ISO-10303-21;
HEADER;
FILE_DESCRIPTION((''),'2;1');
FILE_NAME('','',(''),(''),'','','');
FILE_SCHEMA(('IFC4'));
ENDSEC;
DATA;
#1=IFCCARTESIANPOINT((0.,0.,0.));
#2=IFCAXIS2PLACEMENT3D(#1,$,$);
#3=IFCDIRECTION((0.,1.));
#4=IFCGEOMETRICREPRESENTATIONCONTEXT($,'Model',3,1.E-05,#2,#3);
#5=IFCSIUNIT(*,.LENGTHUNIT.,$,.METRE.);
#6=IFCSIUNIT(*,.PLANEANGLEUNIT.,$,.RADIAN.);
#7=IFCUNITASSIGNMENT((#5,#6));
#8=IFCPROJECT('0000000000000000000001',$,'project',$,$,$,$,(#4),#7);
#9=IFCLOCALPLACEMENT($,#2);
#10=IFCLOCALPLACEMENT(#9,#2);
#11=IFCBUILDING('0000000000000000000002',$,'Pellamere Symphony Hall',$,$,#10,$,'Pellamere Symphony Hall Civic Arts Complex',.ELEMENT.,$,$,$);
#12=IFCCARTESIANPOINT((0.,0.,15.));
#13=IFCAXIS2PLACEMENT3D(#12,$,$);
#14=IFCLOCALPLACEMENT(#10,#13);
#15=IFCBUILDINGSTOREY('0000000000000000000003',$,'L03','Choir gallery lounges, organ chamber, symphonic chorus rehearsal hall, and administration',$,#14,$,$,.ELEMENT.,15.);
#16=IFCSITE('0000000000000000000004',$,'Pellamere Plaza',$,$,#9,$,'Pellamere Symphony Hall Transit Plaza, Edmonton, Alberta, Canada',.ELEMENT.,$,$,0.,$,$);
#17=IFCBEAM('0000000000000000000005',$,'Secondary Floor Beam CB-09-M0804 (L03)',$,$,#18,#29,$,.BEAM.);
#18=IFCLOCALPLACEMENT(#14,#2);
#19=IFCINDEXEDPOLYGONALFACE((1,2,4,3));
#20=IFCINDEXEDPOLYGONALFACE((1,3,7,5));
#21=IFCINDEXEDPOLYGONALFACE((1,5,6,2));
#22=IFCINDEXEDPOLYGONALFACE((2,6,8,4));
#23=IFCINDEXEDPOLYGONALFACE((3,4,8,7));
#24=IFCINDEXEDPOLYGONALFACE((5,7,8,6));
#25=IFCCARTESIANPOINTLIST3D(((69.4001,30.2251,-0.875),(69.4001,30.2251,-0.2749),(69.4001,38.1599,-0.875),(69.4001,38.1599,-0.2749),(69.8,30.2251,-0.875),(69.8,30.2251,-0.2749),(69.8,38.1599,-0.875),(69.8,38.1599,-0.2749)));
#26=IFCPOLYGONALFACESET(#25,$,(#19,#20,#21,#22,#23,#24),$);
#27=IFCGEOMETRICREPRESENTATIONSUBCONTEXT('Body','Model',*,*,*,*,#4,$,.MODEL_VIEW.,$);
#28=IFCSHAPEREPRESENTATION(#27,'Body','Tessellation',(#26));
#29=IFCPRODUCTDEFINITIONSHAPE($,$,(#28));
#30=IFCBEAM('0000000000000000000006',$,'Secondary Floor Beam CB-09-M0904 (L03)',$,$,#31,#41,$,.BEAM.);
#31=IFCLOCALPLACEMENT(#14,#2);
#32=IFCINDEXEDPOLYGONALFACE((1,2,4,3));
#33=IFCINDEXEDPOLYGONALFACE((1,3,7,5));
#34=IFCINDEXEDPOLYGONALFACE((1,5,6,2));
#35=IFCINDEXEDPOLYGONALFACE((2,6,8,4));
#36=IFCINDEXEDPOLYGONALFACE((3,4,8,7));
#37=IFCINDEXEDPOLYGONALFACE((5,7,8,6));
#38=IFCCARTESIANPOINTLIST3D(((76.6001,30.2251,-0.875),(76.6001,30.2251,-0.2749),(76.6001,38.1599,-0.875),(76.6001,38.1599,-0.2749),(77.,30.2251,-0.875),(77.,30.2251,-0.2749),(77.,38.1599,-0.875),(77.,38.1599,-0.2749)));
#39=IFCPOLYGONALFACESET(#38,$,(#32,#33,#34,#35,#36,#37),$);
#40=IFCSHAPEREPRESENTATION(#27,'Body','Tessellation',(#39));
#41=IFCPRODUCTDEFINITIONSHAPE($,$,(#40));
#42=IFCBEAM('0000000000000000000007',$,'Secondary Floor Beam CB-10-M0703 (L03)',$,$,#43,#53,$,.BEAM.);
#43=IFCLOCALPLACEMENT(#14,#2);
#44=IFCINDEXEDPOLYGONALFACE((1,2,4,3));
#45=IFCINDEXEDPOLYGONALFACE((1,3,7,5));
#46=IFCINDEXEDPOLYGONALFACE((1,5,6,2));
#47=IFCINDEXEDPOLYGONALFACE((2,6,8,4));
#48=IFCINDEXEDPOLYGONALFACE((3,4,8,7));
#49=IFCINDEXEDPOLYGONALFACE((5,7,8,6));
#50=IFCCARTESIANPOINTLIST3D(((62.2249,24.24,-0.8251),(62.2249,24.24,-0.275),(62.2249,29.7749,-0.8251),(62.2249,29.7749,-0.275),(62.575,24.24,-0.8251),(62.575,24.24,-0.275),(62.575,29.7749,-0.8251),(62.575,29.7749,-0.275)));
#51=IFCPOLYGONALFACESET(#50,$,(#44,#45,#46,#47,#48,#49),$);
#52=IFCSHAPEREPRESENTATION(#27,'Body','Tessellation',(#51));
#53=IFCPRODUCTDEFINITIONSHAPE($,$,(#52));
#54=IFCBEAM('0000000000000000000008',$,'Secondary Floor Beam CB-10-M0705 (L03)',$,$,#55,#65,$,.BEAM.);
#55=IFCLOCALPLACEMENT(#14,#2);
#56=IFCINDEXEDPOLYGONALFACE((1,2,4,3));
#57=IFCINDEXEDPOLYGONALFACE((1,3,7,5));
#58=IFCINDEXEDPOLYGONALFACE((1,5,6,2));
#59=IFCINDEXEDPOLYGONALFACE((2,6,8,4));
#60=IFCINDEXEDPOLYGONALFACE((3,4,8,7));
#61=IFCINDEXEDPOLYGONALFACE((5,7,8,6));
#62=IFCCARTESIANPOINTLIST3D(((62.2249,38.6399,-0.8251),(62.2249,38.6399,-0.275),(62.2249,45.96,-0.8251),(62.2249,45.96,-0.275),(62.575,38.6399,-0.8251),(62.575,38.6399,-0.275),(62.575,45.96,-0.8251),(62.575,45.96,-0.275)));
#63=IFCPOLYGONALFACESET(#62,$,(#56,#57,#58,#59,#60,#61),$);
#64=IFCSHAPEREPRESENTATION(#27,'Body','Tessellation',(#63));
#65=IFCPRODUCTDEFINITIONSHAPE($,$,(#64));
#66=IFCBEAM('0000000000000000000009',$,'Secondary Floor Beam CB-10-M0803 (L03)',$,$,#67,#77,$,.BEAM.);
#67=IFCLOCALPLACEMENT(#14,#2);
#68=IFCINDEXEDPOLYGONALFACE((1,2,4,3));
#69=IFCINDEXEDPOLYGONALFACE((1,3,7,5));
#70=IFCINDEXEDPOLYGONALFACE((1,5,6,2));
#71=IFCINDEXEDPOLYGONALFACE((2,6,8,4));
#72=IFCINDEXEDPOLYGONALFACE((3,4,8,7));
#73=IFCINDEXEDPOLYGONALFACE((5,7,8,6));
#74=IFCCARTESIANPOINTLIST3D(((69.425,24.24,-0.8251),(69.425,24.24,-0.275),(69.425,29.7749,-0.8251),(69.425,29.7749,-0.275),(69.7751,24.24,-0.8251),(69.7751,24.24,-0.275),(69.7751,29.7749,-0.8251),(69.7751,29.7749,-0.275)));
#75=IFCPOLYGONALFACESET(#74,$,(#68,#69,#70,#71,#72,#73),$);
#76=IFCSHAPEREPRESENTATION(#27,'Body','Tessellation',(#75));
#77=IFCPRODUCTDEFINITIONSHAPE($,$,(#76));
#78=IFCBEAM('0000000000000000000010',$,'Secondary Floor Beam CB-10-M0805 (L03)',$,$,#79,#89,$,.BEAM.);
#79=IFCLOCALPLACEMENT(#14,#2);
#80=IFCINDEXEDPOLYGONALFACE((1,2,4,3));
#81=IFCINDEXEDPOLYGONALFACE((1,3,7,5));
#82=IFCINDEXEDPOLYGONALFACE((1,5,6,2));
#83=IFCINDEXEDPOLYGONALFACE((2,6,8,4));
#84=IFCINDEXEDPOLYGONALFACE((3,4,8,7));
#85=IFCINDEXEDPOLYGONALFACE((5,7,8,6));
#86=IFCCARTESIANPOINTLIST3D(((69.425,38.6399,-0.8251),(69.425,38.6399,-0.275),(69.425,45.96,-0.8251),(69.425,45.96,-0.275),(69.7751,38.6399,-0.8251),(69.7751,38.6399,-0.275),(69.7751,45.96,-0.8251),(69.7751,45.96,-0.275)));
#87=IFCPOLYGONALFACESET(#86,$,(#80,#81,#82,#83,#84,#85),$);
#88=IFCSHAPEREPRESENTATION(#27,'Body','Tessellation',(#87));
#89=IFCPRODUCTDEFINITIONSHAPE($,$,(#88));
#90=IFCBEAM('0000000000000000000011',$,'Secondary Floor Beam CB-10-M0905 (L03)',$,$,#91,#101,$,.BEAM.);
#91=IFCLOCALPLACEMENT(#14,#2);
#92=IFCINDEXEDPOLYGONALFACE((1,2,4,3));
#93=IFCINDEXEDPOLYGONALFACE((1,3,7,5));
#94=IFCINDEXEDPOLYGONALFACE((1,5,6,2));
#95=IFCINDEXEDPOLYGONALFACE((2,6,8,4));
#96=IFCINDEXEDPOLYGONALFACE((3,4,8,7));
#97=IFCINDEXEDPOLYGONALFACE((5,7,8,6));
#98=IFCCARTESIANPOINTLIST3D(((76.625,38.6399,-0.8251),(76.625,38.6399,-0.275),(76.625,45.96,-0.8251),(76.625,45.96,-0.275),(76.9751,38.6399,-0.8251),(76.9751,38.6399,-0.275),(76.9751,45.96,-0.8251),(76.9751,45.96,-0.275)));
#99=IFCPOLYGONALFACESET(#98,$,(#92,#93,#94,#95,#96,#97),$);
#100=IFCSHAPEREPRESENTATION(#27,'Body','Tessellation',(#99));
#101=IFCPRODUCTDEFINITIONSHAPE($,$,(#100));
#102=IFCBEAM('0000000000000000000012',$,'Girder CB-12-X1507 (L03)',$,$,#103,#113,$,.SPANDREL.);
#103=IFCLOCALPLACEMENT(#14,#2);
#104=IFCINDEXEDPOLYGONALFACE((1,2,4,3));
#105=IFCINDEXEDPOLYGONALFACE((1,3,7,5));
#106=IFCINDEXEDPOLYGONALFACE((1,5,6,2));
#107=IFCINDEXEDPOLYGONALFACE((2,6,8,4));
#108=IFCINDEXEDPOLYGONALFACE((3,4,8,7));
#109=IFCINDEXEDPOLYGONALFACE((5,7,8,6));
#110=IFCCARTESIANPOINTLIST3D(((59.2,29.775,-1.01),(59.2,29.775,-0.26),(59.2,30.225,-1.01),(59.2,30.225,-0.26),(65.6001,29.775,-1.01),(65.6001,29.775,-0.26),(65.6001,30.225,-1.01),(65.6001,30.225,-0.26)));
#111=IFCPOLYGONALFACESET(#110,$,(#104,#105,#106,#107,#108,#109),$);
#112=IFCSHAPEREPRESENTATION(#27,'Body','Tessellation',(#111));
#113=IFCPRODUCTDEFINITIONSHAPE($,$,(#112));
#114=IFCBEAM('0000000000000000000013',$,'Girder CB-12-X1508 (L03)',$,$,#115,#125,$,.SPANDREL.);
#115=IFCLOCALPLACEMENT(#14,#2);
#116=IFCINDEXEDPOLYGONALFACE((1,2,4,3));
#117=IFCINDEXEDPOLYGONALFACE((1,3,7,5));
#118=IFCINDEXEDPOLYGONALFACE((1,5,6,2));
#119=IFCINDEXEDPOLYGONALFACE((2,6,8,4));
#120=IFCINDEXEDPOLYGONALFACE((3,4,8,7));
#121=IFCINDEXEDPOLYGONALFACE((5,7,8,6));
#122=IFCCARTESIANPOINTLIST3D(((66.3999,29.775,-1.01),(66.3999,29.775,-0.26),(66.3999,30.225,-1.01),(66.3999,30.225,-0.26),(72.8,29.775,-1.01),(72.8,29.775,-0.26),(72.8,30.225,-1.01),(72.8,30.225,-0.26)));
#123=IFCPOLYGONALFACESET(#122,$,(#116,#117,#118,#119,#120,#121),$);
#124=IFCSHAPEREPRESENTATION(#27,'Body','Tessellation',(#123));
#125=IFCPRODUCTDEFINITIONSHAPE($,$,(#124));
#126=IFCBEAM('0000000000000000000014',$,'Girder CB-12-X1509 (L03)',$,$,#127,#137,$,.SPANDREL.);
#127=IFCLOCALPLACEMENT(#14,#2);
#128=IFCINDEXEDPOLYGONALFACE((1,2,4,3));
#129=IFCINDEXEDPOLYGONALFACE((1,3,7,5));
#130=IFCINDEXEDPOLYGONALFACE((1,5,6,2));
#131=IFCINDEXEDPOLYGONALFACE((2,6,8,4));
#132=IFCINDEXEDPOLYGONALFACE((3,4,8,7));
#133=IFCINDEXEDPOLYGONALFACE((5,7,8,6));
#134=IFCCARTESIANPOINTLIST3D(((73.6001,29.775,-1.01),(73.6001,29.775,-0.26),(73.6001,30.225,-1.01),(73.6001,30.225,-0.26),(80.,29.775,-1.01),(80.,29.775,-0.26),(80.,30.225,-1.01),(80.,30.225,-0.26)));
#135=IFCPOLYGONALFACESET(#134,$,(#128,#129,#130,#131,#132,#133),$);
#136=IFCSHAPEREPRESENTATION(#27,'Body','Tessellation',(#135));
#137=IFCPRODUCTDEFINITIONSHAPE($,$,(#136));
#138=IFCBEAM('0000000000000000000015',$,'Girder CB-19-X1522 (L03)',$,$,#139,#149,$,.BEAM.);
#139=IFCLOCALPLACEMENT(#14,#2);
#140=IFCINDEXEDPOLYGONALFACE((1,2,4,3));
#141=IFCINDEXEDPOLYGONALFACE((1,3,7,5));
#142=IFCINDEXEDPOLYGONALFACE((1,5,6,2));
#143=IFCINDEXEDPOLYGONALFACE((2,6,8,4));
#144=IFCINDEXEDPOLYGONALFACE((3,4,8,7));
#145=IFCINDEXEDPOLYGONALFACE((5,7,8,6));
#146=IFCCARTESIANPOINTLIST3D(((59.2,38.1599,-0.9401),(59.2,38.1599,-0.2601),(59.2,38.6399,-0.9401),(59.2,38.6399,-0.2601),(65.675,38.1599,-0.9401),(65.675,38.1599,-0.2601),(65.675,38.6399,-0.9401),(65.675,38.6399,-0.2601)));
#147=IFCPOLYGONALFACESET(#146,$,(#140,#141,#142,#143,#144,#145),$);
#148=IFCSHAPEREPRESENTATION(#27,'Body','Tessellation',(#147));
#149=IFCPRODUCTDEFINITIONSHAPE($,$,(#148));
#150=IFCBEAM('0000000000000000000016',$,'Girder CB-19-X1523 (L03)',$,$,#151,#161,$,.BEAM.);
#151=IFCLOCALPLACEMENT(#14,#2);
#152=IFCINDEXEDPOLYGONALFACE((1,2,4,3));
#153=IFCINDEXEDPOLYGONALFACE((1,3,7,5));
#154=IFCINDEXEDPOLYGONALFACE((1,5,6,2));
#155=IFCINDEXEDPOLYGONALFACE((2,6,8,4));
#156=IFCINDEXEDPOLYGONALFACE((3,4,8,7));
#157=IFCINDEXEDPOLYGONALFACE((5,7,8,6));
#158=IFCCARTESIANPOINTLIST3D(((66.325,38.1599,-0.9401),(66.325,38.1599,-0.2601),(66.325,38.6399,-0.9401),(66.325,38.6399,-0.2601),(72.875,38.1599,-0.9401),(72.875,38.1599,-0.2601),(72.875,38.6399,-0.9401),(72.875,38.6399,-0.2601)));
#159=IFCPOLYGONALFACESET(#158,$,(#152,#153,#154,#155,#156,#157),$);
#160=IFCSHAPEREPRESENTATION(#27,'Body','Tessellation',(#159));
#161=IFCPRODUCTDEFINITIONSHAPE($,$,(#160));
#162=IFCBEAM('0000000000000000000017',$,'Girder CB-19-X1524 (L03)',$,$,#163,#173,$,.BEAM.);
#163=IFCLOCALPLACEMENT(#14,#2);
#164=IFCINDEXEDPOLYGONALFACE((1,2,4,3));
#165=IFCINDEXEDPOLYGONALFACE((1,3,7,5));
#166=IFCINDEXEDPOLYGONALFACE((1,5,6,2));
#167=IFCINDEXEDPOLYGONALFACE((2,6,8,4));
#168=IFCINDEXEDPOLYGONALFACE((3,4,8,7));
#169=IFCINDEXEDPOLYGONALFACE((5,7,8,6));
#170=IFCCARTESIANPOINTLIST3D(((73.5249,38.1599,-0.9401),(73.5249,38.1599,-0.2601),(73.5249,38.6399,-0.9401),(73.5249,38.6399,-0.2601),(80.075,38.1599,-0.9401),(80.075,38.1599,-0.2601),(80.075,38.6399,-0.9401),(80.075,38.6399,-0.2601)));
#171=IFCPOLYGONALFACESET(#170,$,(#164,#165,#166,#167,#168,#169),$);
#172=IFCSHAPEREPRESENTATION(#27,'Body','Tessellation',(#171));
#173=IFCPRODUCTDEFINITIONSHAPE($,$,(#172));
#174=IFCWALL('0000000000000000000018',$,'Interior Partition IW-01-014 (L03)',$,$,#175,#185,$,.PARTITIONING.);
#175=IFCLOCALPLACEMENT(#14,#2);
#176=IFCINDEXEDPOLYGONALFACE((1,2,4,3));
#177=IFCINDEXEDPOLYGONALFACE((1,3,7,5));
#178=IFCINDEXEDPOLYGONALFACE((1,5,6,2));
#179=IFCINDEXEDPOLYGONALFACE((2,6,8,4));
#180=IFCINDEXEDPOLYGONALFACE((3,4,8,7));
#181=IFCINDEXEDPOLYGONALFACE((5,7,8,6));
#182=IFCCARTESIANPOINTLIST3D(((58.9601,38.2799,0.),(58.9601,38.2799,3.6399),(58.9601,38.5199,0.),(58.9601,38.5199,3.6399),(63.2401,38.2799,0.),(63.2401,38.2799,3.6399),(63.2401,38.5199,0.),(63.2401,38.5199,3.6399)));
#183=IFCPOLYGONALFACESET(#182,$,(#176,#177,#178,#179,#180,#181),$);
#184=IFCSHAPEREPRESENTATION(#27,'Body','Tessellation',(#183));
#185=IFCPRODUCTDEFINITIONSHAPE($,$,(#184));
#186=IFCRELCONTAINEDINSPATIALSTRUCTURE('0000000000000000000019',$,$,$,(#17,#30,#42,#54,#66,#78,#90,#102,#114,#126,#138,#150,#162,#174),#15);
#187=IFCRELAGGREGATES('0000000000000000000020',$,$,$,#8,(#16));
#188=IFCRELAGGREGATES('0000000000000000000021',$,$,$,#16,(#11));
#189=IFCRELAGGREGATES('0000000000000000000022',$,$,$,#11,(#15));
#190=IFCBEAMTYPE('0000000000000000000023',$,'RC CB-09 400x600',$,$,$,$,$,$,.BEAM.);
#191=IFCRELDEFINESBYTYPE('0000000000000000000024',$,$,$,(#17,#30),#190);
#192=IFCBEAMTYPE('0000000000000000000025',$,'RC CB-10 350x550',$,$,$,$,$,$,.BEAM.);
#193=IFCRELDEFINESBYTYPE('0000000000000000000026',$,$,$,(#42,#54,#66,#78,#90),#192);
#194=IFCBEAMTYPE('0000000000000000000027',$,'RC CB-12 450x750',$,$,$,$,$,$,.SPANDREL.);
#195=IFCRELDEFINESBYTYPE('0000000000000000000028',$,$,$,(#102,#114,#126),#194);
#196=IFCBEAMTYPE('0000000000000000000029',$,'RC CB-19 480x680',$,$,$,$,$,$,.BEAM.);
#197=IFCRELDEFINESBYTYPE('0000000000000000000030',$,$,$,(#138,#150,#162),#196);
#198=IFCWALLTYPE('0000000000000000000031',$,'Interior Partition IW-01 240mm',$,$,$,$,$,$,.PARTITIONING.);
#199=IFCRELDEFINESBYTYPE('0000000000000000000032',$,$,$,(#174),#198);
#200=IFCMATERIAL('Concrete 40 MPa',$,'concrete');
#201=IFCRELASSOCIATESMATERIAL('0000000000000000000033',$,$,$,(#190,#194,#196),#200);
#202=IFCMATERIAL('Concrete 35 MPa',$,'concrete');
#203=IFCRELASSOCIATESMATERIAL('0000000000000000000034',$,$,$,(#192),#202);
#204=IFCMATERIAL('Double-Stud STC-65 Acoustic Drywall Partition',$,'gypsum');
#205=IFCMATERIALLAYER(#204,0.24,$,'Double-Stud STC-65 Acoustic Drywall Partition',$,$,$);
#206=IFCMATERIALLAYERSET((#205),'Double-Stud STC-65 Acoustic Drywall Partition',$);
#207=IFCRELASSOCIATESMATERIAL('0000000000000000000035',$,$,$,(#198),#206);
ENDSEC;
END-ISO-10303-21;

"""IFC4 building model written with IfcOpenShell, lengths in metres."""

from ifc_helpers import new_model, si_unit, direction, frame, frame_2d, origin, origin_2d, place, context, subcontext, project, spatial, rectangle, extrude, material, layer, layer_set, material_profile, profile_set, type_object, element, save


model = new_model("IFC4")

# Units and contexts
model_context = context("Model", 3, precision=1e-05, world=origin(), true_north=direction((0.0, 1.0)))
body_context = subcontext(model_context, "Body", "Model", "MODEL_VIEW")
ifc_project = project(units=[si_unit("LENGTHUNIT", "METRE"), si_unit("PLANEANGLEUNIT", "RADIAN")], contexts=[model_context])

# Site, building, storey
site_placement = place(None, origin())
site = spatial("IfcSite", under=ifc_project, at=site_placement, Name="Pellamere Plaza", LongName="Pellamere Symphony Hall Transit Plaza, Edmonton, Alberta, Canada", CompositionType="ELEMENT", RefElevation=0.0)
building_placement = place(site_placement, origin())
building = spatial("IfcBuilding", under=site, at=building_placement, Name="Pellamere Symphony Hall", LongName="Pellamere Symphony Hall Civic Arts Complex", CompositionType="ELEMENT")
storey_placement = place(building_placement, frame((0.0, 0.0, 15.0)))
storey = spatial("IfcBuildingStorey", under=building, at=storey_placement, Name="L03", Description="Choir gallery lounges, organ chamber, symphonic chorus rehearsal hall, and administration", CompositionType="ELEMENT", Elevation=15.0)

# Shared definitions
ifc_material_1 = material(Name="Concrete 40 MPa", Category="concrete")

# Beams
ifc_material_profile_1 = material_profile(ifc_material_1, rectangle(XDim=0.3999, YDim=0.6001, at=origin_2d()), Name="RC 400x600")
ifc_profile_set_1 = profile_set([ifc_material_profile_1], Name="Concrete 40 MPa")
beam_type_1 = type_object("IfcBeamType", Name="RC CB-09 400x600", PredefinedType="BEAM", material=ifc_profile_set_1)
for number, where, z_axis, x_axis, name in (
    (1, (69.6001, 30.2251, -0.575), (0.0, 1.0, 0.0), (-1.0, 0.0, 0.0), "Secondary Floor Beam CB-09-M0804 (L03)"),
    (2, (76.8, 30.2251, -0.575), (0.0, 1.0, 0.0), (-1.0, 0.0, 0.0), "Secondary Floor Beam CB-09-M0904 (L03)"),
):
    element("IfcBeam", number, at=place(storey_placement, frame(where, z_axis=z_axis, x_axis=x_axis)), inside=storey, type_object=beam_type_1, Name=name, PredefinedType="BEAM", context=body_context, shape_type="SweptSolid", body=[
        extrude(rectangle(XDim=0.3999, YDim=0.6001, at=origin_2d()), origin(), (0.0, 0.0, 1.0), 7.9348),
    ])
ifc_material_2 = material(Name="Concrete 35 MPa", Category="concrete")
ifc_material_profile_2 = material_profile(ifc_material_2, rectangle(XDim=0.3501, YDim=0.55, at=origin_2d()), Name="RC 350x550")
ifc_profile_set_2 = profile_set([ifc_material_profile_2], Name="Concrete 35 MPa")
beam_type_2 = type_object("IfcBeamType", Name="RC CB-10 350x550", PredefinedType="BEAM", material=ifc_profile_set_2)
beam_1_placement = place(storey_placement, frame((62.3999, 24.24, -0.55), z_axis=(0.0, 1.0, 0.0), x_axis=(-1.0, 0.0, 0.0)))
element("IfcBeam", 3, at=beam_1_placement, inside=storey, type_object=beam_type_2, Name="Secondary Floor Beam CB-10-M0703 (L03)", PredefinedType="BEAM", context=body_context, shape_type="SweptSolid", body=[
    extrude(rectangle(XDim=0.3501, YDim=0.55, at=origin_2d()), origin(), (0.0, 0.0, 1.0), 5.5349),
])
beam_2_placement = place(storey_placement, frame((62.3999, 38.6399, -0.55), z_axis=(0.0, 1.0, 0.0), x_axis=(-1.0, 0.0, 0.0)))
element("IfcBeam", 4, at=beam_2_placement, inside=storey, type_object=beam_type_2, Name="Secondary Floor Beam CB-10-M0705 (L03)", PredefinedType="BEAM", context=body_context, shape_type="SweptSolid", body=[
    extrude(rectangle(XDim=0.3501, YDim=0.55, at=origin_2d()), origin(), (0.0, 0.0, 1.0), 7.3201),
])
beam_3_placement = place(storey_placement, frame((69.6001, 24.24, -0.55), z_axis=(0.0, 1.0, 0.0), x_axis=(-1.0, 0.0, 0.0)))
element("IfcBeam", 5, at=beam_3_placement, inside=storey, type_object=beam_type_2, Name="Secondary Floor Beam CB-10-M0803 (L03)", PredefinedType="BEAM", context=body_context, shape_type="SweptSolid", body=[
    extrude(rectangle(XDim=0.3501, YDim=0.55, at=origin_2d()), origin(), (0.0, 0.0, 1.0), 5.5349),
])
for number, where, z_axis, x_axis, name in (
    (6, (69.6001, 38.6399, -0.55), (0.0, 1.0, 0.0), (-1.0, 0.0, 0.0), "Secondary Floor Beam CB-10-M0805 (L03)"),
    (7, (76.8, 38.6399, -0.55), (0.0, 1.0, 0.0), (-1.0, 0.0, 0.0), "Secondary Floor Beam CB-10-M0905 (L03)"),
):
    element("IfcBeam", number, at=place(storey_placement, frame(where, z_axis=z_axis, x_axis=x_axis)), inside=storey, type_object=beam_type_2, Name=name, PredefinedType="BEAM", context=body_context, shape_type="SweptSolid", body=[
        extrude(rectangle(XDim=0.3501, YDim=0.55, at=origin_2d()), origin(), (0.0, 0.0, 1.0), 7.3201),
    ])
ifc_material_profile_3 = material_profile(ifc_material_1, rectangle(XDim=0.45, YDim=0.75, at=origin_2d()), Name="RC 450x750")
ifc_profile_set_3 = profile_set([ifc_material_profile_3], Name="Concrete 40 MPa")
beam_type_3 = type_object("IfcBeamType", Name="RC CB-12 450x750", PredefinedType="SPANDREL", material=ifc_profile_set_3)
for number, where, z_axis, x_axis, name in (
    (8, (59.2, 30.0, -0.635), (1.0, 0.0, 0.0), (0.0, 1.0, 0.0), "Girder CB-12-X1507 (L03)"),
    (9, (66.3999, 30.0, -0.635), (1.0, 0.0, 0.0), (0.0, 1.0, 0.0), "Girder CB-12-X1508 (L03)"),
):
    element("IfcBeam", number, at=place(storey_placement, frame(where, z_axis=z_axis, x_axis=x_axis)), inside=storey, type_object=beam_type_3, Name=name, PredefinedType="SPANDREL", context=body_context, shape_type="SweptSolid", body=[
        extrude(rectangle(XDim=0.45, YDim=0.75, at=origin_2d()), origin(), (0.0, 0.0, 1.0), 6.4001),
    ])
beam_4_placement = place(storey_placement, frame((73.6001, 30.0, -0.635), z_axis=(1.0, 0.0, 0.0), x_axis=(0.0, 1.0, 0.0)))
element("IfcBeam", 10, at=beam_4_placement, inside=storey, type_object=beam_type_3, Name="Girder CB-12-X1509 (L03)", PredefinedType="SPANDREL", context=body_context, shape_type="SweptSolid", body=[
    extrude(rectangle(XDim=0.45, YDim=0.75, at=origin_2d()), origin(), (0.0, 0.0, 1.0), 6.3999),
])
ifc_material_profile_4 = material_profile(ifc_material_1, rectangle(XDim=0.48, YDim=0.6799, at=origin_2d()), Name="RC 480x680")
ifc_profile_set_4 = profile_set([ifc_material_profile_4], Name="Concrete 40 MPa")
beam_type_4 = type_object("IfcBeamType", Name="RC CB-19 480x680", PredefinedType="BEAM", material=ifc_profile_set_4)
beam_5_placement = place(storey_placement, frame((59.2, 38.3999, -0.6001), z_axis=(1.0, 0.0, 0.0), x_axis=(0.0, 1.0, 0.0)))
element("IfcBeam", 11, at=beam_5_placement, inside=storey, type_object=beam_type_4, Name="Girder CB-19-X1522 (L03)", PredefinedType="BEAM", context=body_context, shape_type="SweptSolid", body=[
    extrude(rectangle(XDim=0.48, YDim=0.6799, at=origin_2d()), origin(), (0.0, 0.0, 1.0), 6.4751),
])
for number, where, z_axis, x_axis, name in (
    (12, (66.325, 38.3999, -0.6001), (1.0, 0.0, 0.0), (0.0, 1.0, 0.0), "Girder CB-19-X1523 (L03)"),
    (13, (73.5249, 38.3999, -0.6001), (1.0, 0.0, 0.0), (0.0, 1.0, 0.0), "Girder CB-19-X1524 (L03)"),
):
    element("IfcBeam", number, at=place(storey_placement, frame(where, z_axis=z_axis, x_axis=x_axis)), inside=storey, type_object=beam_type_4, Name=name, PredefinedType="BEAM", context=body_context, shape_type="SweptSolid", body=[
        extrude(rectangle(XDim=0.48, YDim=0.6799, at=origin_2d()), origin(), (0.0, 0.0, 1.0), 6.55),
    ])

# Wall
ifc_material_3 = material(Name="Double-Stud STC-65 Acoustic Drywall Partition", Category="gypsum")
ifc_layer_1 = layer(ifc_material_3, 0.24, Name="Double-Stud STC-65 Acoustic Drywall Partition")
ifc_layer_set_1 = layer_set([ifc_layer_1], Name="Double-Stud STC-65 Acoustic Drywall Partition")
wall_type_1 = type_object("IfcWallType", Name="Interior Partition IW-01 240mm", PredefinedType="PARTITIONING", material=ifc_layer_set_1)
wall_1_placement = place(storey_placement, frame((58.96, 38.3999, 0.0), z_axis=(0.0, 0.0, 1.0), x_axis=(1.0, 0.0, 0.0)))
element("IfcWall", 14, at=wall_1_placement, inside=storey, type_object=wall_type_1, Name="Interior Partition IW-01-014 (L03)", PredefinedType="PARTITIONING", context=body_context, shape_type="SweptSolid", body=[
    extrude(rectangle(XDim=4.28, YDim=0.24, at=frame_2d((2.1401, 0.0))), origin(), (0.0, 0.0, 1.0), 3.6399),
])

save(model, "model.ifc")
